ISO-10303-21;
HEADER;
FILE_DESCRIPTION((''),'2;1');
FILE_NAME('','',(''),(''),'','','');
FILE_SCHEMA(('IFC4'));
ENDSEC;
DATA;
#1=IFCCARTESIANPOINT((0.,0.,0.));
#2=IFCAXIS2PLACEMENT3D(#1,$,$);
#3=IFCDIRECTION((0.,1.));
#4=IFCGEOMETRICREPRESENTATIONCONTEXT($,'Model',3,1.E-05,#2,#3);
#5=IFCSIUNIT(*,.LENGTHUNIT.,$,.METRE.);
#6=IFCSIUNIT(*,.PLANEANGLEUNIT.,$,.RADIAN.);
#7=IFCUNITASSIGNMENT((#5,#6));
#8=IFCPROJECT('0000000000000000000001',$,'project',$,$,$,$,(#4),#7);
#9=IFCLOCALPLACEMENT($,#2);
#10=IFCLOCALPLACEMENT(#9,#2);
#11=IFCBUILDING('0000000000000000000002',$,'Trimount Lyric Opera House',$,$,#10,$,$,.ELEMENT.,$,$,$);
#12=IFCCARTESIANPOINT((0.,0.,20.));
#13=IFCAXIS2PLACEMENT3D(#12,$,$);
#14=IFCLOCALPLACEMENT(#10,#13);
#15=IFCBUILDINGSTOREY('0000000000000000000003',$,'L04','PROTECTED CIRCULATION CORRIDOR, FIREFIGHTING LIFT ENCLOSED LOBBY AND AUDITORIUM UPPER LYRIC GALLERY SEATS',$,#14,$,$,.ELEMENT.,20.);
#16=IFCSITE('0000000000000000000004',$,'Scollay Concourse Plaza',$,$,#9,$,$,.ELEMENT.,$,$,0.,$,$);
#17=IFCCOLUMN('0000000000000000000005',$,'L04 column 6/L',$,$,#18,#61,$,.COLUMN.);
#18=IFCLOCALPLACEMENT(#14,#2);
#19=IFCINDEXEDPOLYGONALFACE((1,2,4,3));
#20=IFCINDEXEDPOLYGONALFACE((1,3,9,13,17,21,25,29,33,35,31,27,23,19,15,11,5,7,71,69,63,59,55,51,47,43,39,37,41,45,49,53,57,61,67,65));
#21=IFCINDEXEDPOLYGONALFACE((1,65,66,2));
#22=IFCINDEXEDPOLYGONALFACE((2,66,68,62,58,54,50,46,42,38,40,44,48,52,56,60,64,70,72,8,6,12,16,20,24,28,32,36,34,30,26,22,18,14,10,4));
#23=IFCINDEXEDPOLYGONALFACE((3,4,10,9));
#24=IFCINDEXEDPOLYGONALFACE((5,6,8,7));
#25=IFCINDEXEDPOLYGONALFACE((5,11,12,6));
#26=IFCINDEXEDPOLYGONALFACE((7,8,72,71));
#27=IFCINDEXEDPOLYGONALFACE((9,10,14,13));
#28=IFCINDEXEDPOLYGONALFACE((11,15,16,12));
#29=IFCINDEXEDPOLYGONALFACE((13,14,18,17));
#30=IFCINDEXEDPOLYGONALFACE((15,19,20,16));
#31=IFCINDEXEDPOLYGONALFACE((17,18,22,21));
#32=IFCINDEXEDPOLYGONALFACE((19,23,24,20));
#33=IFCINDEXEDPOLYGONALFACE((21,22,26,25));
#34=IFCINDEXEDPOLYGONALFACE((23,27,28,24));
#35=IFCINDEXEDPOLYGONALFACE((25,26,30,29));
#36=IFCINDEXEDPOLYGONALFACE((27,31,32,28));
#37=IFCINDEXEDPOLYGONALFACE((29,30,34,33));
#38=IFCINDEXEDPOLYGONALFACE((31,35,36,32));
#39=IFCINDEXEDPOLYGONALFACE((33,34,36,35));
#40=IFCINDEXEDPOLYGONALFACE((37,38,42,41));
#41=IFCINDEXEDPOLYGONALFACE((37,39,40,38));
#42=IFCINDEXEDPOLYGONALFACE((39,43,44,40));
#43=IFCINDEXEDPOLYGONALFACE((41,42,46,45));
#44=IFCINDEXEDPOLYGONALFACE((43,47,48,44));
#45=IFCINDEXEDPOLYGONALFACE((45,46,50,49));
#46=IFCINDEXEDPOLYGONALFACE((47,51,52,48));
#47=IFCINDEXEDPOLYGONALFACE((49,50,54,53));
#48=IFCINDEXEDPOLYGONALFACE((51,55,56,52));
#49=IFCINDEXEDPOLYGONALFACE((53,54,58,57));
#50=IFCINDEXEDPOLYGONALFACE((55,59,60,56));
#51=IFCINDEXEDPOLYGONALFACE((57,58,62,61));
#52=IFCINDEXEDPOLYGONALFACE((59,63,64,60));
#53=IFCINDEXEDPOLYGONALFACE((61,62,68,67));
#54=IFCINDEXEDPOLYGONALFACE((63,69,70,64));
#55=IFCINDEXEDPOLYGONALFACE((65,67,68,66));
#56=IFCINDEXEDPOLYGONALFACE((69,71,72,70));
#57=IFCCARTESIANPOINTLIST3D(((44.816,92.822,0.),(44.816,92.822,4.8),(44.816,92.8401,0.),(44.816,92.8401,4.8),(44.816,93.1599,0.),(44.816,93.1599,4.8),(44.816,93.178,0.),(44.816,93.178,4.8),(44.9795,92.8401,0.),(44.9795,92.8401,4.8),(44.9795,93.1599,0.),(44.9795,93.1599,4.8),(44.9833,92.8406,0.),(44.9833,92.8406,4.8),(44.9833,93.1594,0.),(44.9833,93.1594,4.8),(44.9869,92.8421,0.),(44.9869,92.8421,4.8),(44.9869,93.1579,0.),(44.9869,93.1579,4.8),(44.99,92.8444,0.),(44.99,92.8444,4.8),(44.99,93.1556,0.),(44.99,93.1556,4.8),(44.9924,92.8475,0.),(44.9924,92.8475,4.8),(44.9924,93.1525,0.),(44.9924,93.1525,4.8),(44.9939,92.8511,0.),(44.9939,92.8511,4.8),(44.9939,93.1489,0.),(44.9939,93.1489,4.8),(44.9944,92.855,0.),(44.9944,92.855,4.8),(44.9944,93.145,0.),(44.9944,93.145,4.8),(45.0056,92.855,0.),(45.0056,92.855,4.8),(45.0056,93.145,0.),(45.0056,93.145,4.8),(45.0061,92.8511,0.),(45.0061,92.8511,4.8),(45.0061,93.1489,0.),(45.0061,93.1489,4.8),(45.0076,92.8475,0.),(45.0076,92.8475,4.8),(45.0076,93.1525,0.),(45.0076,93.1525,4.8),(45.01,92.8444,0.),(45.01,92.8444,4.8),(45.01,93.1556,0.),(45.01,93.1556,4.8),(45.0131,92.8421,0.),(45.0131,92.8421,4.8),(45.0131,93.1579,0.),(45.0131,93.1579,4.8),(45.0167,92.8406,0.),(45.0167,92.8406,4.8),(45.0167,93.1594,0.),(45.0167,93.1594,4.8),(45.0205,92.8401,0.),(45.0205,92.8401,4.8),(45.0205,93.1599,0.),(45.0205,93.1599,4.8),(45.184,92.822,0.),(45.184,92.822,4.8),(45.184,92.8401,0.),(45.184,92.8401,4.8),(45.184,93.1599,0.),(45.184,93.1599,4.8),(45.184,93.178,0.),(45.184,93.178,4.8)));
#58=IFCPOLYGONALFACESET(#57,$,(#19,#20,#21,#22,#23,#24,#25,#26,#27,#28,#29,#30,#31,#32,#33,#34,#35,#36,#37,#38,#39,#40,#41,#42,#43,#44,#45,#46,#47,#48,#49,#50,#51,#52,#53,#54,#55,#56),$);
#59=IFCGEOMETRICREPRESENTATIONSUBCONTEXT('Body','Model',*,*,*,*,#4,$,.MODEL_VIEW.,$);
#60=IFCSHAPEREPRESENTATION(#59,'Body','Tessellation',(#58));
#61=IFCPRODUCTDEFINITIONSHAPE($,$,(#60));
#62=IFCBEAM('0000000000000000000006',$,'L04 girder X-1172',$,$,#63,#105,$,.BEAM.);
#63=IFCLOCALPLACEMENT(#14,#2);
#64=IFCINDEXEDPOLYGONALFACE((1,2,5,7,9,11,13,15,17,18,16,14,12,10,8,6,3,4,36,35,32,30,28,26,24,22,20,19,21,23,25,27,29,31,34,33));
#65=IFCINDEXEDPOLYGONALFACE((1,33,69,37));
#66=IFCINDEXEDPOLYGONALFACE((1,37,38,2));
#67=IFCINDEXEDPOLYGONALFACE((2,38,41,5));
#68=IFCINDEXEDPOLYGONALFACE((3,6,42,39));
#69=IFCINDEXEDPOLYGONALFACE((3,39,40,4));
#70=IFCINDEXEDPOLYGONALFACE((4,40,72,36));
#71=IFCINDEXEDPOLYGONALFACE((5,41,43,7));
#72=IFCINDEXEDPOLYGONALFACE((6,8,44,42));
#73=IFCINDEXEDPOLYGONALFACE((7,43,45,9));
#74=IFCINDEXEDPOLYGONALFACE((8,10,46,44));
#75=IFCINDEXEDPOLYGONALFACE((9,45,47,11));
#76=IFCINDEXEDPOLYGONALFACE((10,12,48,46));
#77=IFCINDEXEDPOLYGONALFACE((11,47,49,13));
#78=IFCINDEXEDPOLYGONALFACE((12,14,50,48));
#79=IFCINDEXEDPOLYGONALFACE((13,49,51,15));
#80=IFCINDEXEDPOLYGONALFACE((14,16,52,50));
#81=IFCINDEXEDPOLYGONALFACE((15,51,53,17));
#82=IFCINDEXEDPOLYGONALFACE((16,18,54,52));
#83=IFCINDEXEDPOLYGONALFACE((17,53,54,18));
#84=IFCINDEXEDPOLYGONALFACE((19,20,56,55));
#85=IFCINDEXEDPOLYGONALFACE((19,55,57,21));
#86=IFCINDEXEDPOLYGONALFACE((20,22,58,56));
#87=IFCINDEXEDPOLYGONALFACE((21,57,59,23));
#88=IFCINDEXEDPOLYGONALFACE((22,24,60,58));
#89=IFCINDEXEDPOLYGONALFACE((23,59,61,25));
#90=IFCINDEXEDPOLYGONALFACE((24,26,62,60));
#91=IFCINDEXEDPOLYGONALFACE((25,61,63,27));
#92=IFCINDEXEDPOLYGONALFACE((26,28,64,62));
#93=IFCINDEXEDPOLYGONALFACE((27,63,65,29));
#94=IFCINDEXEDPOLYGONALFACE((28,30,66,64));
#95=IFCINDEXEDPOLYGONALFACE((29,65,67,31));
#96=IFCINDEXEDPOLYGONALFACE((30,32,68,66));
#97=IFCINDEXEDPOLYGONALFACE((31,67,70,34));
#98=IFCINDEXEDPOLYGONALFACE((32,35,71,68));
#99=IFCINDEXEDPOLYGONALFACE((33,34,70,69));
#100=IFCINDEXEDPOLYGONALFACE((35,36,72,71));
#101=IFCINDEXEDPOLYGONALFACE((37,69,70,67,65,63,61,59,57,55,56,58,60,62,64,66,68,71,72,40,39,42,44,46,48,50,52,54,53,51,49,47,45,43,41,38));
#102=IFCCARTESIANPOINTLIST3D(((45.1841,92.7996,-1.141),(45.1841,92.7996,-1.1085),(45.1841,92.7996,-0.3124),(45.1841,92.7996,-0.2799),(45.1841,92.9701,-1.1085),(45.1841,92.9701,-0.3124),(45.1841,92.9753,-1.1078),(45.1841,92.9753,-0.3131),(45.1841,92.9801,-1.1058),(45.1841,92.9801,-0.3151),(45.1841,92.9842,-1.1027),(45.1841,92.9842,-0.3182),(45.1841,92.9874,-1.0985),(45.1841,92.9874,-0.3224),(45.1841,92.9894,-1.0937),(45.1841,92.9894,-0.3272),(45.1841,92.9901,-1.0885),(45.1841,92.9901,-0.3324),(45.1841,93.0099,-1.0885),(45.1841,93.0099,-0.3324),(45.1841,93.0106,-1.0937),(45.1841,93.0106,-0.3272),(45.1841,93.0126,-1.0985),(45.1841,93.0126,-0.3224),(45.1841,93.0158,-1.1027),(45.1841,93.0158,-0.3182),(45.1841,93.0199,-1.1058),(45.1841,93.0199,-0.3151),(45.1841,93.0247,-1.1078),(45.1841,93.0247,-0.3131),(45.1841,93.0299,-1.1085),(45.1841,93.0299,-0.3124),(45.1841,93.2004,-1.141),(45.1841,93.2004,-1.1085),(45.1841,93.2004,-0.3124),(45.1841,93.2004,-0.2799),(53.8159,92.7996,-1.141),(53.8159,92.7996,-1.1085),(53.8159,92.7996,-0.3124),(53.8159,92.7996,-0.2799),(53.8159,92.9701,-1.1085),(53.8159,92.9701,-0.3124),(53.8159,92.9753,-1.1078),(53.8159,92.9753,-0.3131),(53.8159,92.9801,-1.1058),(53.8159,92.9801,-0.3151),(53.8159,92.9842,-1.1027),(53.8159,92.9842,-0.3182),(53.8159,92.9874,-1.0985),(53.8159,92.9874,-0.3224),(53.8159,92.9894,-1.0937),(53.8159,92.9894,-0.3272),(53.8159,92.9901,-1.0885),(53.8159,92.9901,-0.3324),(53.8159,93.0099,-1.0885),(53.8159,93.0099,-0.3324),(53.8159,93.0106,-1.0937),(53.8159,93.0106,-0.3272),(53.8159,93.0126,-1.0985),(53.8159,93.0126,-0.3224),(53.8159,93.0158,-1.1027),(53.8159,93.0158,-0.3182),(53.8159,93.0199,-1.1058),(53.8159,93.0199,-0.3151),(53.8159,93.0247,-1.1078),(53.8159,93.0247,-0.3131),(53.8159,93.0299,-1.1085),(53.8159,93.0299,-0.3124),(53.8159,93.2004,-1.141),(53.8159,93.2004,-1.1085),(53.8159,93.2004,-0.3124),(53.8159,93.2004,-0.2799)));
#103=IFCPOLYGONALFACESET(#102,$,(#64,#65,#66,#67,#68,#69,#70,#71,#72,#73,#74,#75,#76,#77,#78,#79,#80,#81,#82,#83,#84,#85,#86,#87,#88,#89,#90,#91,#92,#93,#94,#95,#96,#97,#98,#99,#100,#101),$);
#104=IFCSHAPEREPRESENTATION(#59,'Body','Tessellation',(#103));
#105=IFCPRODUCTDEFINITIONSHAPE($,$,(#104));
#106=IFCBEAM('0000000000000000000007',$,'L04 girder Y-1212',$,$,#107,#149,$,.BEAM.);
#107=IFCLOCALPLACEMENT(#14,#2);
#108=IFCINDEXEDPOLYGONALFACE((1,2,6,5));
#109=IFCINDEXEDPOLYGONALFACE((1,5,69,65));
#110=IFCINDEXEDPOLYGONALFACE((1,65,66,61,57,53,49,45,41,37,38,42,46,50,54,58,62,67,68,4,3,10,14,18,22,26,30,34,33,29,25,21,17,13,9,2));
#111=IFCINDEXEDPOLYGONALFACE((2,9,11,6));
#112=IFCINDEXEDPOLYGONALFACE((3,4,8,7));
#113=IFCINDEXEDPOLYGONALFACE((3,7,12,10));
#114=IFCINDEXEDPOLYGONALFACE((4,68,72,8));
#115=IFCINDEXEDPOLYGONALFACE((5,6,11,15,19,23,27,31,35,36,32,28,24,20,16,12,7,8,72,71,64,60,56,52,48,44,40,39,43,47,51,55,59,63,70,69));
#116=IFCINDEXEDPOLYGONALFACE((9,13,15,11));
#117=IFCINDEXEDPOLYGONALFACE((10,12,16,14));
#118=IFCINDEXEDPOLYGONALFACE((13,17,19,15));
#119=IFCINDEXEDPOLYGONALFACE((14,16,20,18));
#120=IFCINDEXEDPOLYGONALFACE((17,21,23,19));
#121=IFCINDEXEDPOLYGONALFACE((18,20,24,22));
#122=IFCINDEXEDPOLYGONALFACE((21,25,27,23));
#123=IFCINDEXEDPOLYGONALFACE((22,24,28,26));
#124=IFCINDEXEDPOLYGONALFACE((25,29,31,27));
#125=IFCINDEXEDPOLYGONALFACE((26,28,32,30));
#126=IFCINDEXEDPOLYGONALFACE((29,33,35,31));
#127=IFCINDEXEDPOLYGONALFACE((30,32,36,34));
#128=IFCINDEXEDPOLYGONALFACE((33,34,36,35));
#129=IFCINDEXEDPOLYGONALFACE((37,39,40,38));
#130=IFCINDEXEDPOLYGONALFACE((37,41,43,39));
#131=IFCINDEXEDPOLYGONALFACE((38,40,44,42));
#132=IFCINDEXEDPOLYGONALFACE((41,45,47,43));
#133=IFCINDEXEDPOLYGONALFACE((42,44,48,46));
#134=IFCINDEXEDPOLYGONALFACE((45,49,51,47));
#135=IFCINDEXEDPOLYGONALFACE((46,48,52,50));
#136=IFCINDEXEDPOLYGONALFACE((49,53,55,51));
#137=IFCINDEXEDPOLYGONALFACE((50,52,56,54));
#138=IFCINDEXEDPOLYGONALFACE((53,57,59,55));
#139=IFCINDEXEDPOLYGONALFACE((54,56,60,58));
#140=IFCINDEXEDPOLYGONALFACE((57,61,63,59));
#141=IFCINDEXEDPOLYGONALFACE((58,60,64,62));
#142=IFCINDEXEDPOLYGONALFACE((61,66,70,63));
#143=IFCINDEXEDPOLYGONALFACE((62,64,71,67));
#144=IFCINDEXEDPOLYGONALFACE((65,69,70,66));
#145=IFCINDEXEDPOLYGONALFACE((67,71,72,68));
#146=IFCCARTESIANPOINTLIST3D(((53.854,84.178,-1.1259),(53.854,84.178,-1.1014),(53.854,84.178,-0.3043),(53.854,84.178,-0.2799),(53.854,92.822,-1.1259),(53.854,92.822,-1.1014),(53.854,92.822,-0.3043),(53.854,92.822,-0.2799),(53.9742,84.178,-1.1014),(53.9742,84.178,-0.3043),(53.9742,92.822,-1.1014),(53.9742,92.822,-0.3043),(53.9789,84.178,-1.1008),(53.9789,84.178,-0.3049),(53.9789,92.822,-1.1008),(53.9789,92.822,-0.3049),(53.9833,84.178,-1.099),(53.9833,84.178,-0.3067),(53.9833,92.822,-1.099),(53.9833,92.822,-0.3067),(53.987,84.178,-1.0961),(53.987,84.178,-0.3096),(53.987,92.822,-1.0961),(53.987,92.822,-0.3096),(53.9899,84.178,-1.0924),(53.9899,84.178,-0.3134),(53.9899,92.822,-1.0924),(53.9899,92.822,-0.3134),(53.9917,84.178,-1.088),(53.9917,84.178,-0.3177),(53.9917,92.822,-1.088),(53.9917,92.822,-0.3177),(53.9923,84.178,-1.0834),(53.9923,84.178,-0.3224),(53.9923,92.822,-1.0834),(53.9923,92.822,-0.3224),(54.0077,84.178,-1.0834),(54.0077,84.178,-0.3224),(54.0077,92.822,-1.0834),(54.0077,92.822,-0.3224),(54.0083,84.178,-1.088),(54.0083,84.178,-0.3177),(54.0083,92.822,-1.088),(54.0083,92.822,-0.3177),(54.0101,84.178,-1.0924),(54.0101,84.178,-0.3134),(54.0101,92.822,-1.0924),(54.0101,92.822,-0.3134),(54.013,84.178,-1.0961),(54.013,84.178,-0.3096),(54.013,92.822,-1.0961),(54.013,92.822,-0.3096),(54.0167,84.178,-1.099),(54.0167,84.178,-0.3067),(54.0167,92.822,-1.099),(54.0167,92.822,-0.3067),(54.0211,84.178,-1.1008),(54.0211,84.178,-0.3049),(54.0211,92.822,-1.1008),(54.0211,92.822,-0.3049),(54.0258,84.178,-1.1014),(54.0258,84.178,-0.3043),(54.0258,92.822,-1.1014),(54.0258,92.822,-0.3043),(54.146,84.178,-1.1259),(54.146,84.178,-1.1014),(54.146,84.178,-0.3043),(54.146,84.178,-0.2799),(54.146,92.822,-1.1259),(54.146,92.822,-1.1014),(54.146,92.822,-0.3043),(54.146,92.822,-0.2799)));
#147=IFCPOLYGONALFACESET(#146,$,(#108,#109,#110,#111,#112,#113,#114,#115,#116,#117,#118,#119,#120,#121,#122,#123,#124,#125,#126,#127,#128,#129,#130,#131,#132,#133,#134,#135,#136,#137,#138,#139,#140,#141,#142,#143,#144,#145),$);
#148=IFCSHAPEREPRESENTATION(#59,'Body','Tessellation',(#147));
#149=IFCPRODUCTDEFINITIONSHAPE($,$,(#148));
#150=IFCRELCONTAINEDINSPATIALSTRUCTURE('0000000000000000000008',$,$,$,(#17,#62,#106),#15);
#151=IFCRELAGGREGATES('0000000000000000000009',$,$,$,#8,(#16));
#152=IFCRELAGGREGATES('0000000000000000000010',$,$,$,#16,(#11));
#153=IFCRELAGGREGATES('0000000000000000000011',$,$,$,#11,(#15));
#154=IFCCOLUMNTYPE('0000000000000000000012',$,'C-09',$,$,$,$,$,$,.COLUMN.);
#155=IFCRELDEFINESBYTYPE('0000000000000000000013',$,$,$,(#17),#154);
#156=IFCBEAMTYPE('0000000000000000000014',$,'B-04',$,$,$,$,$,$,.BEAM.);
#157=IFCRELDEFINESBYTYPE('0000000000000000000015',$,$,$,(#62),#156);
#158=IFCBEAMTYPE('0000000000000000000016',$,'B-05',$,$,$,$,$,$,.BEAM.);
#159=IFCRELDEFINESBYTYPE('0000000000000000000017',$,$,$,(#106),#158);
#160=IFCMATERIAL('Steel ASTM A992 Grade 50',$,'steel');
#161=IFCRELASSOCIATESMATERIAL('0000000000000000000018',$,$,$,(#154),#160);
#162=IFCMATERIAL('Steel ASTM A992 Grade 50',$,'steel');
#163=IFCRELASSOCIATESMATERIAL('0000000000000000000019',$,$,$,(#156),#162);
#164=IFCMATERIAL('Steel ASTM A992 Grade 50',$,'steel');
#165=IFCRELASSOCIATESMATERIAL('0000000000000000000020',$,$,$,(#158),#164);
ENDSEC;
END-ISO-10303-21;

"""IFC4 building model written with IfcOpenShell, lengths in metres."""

from ifc_helpers import new_model, si_unit, direction, frame, origin, origin_2d, place, context, subcontext, project, spatial, i_section, extrude, material, material_profile, profile_set, type_object, element, save


model = new_model("IFC4")

# Units and contexts
model_context = context("Model", 3, precision=1e-05, world=origin(), true_north=direction((0.0, 1.0)))
body_context = subcontext(model_context, "Body", "Model", "MODEL_VIEW")
ifc_project = project(units=[si_unit("LENGTHUNIT", "METRE"), si_unit("PLANEANGLEUNIT", "RADIAN")], contexts=[model_context])

# Site, building, storey
site_placement = place(None, origin())
site = spatial("IfcSite", under=ifc_project, at=site_placement, Name="Scollay Concourse Plaza", CompositionType="ELEMENT", RefElevation=0.0)
building_placement = place(site_placement, origin())
building = spatial("IfcBuilding", under=site, at=building_placement, Name="Trimount Lyric Opera House", CompositionType="ELEMENT")
storey_placement = place(building_placement, frame((0.0, 0.0, 20.0)))
storey = spatial("IfcBuildingStorey", under=building, at=storey_placement, Name="L04", Description="PROTECTED CIRCULATION CORRIDOR, FIREFIGHTING LIFT ENCLOSED LOBBY AND AUDITORIUM UPPER LYRIC GALLERY SEATS", CompositionType="ELEMENT", Elevation=20.0)

# Column
ifc_material_1 = material(Name="Steel ASTM A992 Grade 50", Category="steel")
ifc_material_profile_1 = material_profile(ifc_material_1, i_section(OverallWidth=0.3679, OverallDepth=0.356, WebThickness=0.0112, FlangeThickness=0.0181, FilletRadius=0.0149, at=origin_2d()), Name="W14X90")
ifc_profile_set_1 = profile_set([ifc_material_profile_1], Name="Steel ASTM A992 Grade 50")
column_type = type_object("IfcColumnType", Name="C-09", PredefinedType="COLUMN", material=ifc_profile_set_1)
column_placement = place(storey_placement, frame((45.0, 93.0, 0.0), z_axis=(0.0, 0.0, 1.0), x_axis=(1.0, 0.0, 0.0)))
element("IfcColumn", 1, at=column_placement, inside=storey, type_object=column_type, Name="L04 column 6/L", PredefinedType="COLUMN", context=body_context, shape_type="SweptSolid", body=[
    extrude(i_section(OverallWidth=0.3679, OverallDepth=0.356, WebThickness=0.0112, FlangeThickness=0.0181, FilletRadius=0.0149, at=origin_2d()), origin(), (0.0, 0.0, 1.0), 4.8),
])

# Beams
ifc_material_2 = material(Name="Steel ASTM A992 Grade 50", Category="steel")
ifc_material_profile_2 = material_profile(ifc_material_2, i_section(OverallWidth=0.4009, OverallDepth=0.8611, WebThickness=0.0198, FlangeThickness=0.0325, FilletRadius=0.02, at=origin_2d()), Name="W33X221")
ifc_profile_set_2 = profile_set([ifc_material_profile_2], Name="Steel ASTM A992 Grade 50")
beam_type_1 = type_object("IfcBeamType", Name="B-04", PredefinedType="BEAM", material=ifc_profile_set_2)
beam_1_placement = place(storey_placement, frame((45.1841, 93.0, -0.7104), z_axis=(1.0, 0.0, 0.0), x_axis=(0.0, 1.0, 0.0)))
element("IfcBeam", 2, at=beam_1_placement, inside=storey, type_object=beam_type_1, Name="L04 girder X-1172", PredefinedType="BEAM", context=body_context, shape_type="SweptSolid", body=[
    extrude(i_section(OverallWidth=0.4009, OverallDepth=0.8611, WebThickness=0.0198, FlangeThickness=0.0325, FilletRadius=0.02, at=origin_2d()), origin(), (0.0, 0.0, 1.0), 8.6318),
])
ifc_material_3 = material(Name="Steel ASTM A992 Grade 50", Category="steel")
ifc_material_profile_3 = material_profile(ifc_material_3, i_section(OverallWidth=0.292, OverallDepth=0.8459, WebThickness=0.0154, FlangeThickness=0.0244, FilletRadius=0.0181, at=origin_2d()), Name="W33X141")
ifc_profile_set_3 = profile_set([ifc_material_profile_3], Name="Steel ASTM A992 Grade 50")
beam_type_2 = type_object("IfcBeamType", Name="B-05", PredefinedType="BEAM", material=ifc_profile_set_3)
beam_2_placement = place(storey_placement, frame((54.0, 84.178, -0.7029), z_axis=(0.0, 1.0, 0.0), x_axis=(-1.0, 0.0, 0.0)))
element("IfcBeam", 3, at=beam_2_placement, inside=storey, type_object=beam_type_2, Name="L04 girder Y-1212", PredefinedType="BEAM", context=body_context, shape_type="SweptSolid", body=[
    extrude(i_section(OverallWidth=0.292, OverallDepth=0.8459, WebThickness=0.0154, FlangeThickness=0.0244, FilletRadius=0.0181, at=origin_2d()), origin(), (0.0, 0.0, 1.0), 8.644),
])

save(model, "model.ifc")
